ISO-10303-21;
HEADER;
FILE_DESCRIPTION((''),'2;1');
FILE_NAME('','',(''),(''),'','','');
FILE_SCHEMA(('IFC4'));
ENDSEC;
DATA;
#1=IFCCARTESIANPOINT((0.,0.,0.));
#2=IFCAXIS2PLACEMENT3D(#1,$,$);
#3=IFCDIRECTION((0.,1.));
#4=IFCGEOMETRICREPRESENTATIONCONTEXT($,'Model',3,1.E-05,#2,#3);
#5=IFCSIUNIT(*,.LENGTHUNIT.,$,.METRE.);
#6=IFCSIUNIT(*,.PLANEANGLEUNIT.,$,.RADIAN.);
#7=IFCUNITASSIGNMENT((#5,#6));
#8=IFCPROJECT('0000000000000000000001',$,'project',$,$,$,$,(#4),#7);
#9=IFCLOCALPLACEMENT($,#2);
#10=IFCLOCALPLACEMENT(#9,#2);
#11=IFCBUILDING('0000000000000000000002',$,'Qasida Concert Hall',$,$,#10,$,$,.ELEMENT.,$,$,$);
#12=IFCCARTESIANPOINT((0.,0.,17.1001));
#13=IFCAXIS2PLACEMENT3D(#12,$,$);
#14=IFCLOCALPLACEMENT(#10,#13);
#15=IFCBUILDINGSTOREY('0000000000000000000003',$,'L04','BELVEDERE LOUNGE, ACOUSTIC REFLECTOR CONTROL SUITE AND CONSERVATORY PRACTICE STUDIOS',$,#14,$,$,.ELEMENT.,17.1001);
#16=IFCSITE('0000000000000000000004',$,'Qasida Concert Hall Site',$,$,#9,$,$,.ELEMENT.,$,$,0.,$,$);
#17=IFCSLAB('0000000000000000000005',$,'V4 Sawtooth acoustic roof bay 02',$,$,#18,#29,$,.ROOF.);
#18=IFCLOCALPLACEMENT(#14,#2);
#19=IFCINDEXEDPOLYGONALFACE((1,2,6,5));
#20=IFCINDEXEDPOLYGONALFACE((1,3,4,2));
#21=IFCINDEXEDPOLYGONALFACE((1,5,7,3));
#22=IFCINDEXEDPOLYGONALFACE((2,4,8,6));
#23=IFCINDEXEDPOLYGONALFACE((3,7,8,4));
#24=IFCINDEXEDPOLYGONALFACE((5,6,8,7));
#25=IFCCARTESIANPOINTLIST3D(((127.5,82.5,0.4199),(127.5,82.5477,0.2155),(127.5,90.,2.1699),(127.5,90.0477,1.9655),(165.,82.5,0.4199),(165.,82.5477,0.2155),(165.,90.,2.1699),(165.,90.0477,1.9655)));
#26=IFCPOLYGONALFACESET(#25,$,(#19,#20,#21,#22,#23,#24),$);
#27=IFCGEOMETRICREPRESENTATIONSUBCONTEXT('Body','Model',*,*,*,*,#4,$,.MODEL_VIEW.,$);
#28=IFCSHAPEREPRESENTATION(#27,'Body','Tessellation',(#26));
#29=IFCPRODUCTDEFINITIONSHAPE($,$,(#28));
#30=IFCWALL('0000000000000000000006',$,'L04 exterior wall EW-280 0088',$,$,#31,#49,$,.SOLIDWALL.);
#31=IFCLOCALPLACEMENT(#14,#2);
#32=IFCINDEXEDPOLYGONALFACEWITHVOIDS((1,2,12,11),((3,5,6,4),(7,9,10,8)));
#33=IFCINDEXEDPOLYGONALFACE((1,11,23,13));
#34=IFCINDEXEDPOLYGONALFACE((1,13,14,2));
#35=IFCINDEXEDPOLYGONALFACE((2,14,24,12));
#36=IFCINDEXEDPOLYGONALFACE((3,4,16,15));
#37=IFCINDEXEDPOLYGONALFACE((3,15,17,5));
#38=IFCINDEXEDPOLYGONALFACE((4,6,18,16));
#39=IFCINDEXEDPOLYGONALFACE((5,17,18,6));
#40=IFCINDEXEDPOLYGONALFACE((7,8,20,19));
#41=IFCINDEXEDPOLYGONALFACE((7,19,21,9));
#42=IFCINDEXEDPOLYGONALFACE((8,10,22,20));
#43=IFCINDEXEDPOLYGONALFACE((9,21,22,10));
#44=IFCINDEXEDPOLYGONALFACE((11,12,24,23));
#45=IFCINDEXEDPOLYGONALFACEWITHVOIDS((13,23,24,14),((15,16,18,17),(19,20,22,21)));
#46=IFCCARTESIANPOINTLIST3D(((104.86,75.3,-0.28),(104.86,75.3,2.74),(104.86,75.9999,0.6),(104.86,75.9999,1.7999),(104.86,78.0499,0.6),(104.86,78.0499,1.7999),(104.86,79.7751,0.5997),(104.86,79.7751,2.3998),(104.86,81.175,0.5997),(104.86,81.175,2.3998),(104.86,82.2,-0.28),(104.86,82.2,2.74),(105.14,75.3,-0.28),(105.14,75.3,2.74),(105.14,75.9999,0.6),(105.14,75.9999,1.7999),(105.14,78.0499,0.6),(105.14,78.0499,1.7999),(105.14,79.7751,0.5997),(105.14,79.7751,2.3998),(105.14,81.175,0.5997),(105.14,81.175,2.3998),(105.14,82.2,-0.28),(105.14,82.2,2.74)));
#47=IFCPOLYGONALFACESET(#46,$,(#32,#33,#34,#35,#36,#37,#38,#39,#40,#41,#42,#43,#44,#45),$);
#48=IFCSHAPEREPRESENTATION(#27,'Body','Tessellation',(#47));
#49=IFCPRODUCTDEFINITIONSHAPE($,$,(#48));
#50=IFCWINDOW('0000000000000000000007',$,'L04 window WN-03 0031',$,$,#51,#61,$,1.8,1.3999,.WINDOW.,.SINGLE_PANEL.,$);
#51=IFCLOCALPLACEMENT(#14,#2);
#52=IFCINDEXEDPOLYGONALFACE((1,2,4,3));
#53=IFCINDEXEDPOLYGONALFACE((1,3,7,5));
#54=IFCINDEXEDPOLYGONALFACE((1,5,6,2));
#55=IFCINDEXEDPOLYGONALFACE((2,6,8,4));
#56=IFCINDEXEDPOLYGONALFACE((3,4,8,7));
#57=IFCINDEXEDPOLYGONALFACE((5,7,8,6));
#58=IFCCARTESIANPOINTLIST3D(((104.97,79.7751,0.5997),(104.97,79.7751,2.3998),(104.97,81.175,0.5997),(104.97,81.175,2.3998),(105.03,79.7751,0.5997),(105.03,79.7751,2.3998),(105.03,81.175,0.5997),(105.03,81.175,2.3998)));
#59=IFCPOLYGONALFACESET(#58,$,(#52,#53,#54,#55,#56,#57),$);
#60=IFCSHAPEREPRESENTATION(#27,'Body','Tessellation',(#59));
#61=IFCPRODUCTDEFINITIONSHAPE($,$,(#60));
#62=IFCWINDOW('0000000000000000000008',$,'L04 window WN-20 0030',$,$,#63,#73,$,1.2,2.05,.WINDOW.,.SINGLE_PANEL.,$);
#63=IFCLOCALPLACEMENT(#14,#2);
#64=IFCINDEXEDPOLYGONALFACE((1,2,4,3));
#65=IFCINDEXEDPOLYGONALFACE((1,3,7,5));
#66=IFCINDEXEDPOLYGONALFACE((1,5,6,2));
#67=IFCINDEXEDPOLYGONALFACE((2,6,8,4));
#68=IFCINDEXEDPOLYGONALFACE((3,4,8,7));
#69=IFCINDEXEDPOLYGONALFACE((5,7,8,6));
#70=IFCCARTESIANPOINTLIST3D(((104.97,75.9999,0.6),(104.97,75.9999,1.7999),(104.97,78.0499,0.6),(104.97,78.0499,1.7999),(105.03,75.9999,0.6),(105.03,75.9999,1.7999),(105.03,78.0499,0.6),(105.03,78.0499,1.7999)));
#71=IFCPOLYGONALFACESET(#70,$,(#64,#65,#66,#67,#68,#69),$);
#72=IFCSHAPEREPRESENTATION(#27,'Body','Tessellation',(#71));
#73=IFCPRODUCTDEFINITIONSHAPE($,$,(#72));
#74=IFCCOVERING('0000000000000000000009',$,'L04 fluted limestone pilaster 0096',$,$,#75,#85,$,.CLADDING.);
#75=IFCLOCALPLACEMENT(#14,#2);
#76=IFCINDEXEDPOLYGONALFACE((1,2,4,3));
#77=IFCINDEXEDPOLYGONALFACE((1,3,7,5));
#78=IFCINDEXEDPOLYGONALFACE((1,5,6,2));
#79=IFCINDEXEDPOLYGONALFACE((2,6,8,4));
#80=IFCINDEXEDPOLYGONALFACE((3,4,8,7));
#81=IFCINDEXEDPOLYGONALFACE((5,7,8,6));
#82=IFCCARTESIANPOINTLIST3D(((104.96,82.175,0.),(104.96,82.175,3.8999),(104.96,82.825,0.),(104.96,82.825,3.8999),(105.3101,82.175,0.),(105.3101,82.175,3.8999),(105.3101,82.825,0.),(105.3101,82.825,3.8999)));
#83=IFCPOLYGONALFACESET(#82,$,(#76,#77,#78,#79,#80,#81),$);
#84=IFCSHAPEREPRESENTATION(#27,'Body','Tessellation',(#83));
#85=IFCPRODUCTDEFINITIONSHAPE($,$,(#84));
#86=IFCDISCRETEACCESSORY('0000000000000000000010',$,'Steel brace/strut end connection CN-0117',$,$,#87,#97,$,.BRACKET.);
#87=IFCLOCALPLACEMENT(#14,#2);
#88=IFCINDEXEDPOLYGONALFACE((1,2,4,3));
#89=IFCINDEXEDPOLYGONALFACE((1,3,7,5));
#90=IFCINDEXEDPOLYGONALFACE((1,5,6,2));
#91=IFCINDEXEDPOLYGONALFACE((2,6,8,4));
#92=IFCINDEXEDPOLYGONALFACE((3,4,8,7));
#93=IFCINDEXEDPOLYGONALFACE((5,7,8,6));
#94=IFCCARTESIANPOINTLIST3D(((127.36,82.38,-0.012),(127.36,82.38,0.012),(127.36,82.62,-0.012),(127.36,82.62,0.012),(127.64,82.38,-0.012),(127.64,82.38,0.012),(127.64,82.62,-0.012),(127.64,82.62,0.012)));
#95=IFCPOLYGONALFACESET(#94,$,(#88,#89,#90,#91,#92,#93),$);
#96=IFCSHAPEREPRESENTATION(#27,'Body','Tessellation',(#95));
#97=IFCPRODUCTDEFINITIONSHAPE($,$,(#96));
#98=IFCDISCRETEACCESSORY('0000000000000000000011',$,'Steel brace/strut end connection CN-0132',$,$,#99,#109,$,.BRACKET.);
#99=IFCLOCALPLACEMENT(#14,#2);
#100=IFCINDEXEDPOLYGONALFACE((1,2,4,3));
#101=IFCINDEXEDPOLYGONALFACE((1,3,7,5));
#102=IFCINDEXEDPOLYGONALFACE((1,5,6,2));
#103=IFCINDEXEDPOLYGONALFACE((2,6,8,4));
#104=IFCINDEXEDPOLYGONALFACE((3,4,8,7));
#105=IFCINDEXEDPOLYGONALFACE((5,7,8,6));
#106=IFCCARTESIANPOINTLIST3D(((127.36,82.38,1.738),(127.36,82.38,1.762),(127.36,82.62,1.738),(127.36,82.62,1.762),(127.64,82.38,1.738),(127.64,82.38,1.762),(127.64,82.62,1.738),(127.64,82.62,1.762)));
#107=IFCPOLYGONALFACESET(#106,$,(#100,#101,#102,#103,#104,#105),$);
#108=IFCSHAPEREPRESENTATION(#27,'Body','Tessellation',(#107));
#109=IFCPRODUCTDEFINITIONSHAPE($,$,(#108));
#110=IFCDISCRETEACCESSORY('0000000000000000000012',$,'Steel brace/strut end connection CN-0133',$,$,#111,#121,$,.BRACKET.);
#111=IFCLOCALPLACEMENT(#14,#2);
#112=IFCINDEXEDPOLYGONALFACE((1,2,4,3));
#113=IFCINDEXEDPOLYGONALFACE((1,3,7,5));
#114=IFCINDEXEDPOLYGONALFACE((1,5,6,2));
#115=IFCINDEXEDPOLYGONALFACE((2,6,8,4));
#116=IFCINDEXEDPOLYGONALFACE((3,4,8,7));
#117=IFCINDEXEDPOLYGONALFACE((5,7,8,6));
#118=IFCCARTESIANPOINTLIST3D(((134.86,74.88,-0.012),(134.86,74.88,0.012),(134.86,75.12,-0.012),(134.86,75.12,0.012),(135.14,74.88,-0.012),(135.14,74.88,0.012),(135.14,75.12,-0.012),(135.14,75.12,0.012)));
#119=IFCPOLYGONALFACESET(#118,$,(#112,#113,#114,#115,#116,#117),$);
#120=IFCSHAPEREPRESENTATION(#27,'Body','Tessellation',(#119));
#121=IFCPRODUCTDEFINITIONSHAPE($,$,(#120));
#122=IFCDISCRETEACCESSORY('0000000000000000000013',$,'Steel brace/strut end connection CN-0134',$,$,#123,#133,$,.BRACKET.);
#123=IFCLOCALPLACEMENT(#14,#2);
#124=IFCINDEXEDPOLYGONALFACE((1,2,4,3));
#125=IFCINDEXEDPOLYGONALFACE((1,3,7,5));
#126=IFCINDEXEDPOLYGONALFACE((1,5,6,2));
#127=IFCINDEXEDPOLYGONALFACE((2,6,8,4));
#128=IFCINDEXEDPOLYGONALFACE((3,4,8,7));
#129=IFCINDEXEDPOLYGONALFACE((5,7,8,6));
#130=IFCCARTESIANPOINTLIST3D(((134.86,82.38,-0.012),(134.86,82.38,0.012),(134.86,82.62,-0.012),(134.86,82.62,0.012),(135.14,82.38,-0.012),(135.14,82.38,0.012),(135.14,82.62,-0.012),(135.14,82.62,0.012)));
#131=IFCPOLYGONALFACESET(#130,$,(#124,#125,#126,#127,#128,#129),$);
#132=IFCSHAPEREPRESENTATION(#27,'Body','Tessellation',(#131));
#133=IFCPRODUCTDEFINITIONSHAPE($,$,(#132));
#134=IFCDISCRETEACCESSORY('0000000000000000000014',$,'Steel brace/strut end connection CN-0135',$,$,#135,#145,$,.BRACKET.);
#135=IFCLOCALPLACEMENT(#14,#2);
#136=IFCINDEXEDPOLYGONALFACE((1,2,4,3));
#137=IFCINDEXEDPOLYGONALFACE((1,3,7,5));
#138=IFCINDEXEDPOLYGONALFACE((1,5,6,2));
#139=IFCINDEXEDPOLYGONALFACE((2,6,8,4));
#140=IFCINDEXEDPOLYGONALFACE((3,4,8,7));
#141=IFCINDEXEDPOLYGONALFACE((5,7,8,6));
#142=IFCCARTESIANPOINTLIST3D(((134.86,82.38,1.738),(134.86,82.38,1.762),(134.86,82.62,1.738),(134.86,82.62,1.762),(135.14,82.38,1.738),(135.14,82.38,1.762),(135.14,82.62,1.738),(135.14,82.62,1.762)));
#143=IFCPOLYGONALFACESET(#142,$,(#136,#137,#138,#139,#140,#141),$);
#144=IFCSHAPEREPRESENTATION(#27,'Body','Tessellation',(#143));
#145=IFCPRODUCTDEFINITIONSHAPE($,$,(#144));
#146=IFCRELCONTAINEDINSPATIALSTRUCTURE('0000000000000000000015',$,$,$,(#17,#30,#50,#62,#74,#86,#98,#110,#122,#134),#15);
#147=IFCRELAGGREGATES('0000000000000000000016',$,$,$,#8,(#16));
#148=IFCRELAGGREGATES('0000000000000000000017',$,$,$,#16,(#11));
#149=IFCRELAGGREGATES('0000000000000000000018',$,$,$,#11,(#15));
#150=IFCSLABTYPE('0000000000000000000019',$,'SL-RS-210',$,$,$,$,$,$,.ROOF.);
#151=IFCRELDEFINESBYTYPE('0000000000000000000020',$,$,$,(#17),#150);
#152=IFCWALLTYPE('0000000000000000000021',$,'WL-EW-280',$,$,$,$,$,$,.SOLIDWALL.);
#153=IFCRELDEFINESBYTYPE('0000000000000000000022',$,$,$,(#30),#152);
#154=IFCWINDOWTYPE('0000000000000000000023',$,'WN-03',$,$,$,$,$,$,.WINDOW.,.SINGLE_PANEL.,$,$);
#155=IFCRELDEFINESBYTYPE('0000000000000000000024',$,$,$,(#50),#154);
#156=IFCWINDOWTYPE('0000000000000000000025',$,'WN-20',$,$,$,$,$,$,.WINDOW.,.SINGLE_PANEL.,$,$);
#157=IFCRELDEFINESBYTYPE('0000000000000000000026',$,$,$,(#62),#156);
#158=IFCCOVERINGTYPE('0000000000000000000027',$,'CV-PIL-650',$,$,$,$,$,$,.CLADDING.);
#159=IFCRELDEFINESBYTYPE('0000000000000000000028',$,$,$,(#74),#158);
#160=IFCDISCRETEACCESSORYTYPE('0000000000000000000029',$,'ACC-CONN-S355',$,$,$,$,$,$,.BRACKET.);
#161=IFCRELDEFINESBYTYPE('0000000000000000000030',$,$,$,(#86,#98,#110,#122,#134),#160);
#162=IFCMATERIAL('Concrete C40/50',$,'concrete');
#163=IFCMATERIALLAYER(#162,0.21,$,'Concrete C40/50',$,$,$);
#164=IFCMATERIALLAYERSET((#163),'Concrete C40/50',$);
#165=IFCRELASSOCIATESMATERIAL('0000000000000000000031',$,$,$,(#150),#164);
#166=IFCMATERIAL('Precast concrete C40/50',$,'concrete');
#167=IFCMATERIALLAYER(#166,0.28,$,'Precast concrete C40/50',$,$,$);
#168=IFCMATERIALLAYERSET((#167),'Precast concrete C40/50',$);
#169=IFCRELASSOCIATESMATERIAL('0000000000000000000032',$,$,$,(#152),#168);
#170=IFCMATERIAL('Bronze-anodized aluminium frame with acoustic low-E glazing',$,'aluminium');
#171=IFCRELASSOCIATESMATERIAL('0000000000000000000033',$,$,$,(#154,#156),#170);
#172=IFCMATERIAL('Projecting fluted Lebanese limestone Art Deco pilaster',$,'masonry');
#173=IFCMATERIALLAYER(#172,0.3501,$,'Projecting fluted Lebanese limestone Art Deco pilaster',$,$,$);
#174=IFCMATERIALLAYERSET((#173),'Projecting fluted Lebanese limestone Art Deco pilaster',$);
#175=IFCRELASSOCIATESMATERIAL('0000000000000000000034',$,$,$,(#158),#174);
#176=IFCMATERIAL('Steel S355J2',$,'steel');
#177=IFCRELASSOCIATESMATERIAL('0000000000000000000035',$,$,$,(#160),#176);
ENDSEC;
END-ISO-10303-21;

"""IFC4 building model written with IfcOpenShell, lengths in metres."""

from ifc_helpers import new_model, si_unit, direction, frame, frame_2d, origin, origin_2d, place, context, subcontext, project, spatial, polyline, rectangle, outline, extrude, material, layer, layer_set, type_object, element, fill, save


model = new_model("IFC4")

# Units and contexts
model_context = context("Model", 3, precision=1e-05, world=origin(), true_north=direction((0.0, 1.0)))
body_context = subcontext(model_context, "Body", "Model", "MODEL_VIEW")
ifc_project = project(units=[si_unit("LENGTHUNIT", "METRE"), si_unit("PLANEANGLEUNIT", "RADIAN")], contexts=[model_context])

# Site, building, storey
site_placement = place(None, origin())
site = spatial("IfcSite", under=ifc_project, at=site_placement, Name="Qasida Concert Hall Site", CompositionType="ELEMENT", RefElevation=0.0)
building_placement = place(site_placement, origin())
building = spatial("IfcBuilding", under=site, at=building_placement, Name="Qasida Concert Hall", CompositionType="ELEMENT")
storey_placement = place(building_placement, frame((0.0, 0.0, 17.1001)))
storey = spatial("IfcBuildingStorey", under=building, at=storey_placement, Name="L04", Description="BELVEDERE LOUNGE, ACOUSTIC REFLECTOR CONTROL SUITE AND CONSERVATORY PRACTICE STUDIOS", CompositionType="ELEMENT", Elevation=17.1001)

# Shared definitions
ifc_material_1 = material(Name="Steel S355J2", Category="steel")

# Slab
ifc_material_2 = material(Name="Concrete C40/50", Category="concrete")
ifc_layer_1 = layer(ifc_material_2, 0.21, Name="Concrete C40/50")
ifc_layer_set_1 = layer_set([ifc_layer_1], Name="Concrete C40/50")
slab_type = type_object("IfcSlabType", Name="SL-RS-210", PredefinedType="ROOF", material=ifc_layer_set_1)
slab_placement = place(storey_placement, frame((127.5, 82.5, 0.4199), z_axis=(0.0, -0.22723, 0.973841), x_axis=(1.0, 0.0, 0.0)))
element("IfcSlab", 1, at=slab_placement, inside=storey, type_object=slab_type, Name="V4 Sawtooth acoustic roof bay 02", PredefinedType="ROOF", context=body_context, shape_type="SweptSolid", body=[
    extrude(outline(polyline([(0.0, 0.0), (37.5, 0.0), (37.5, 7.7015), (0.0, 7.7015), (0.0, 0.0)])), origin(), (0.0, 0.0, -1.0), 0.21),
])

# Wall, openings, windows
ifc_material_3 = material(Name="Precast concrete C40/50", Category="concrete")
ifc_layer_2 = layer(ifc_material_3, 0.28, Name="Precast concrete C40/50")
ifc_layer_set_2 = layer_set([ifc_layer_2], Name="Precast concrete C40/50")
wall_type = type_object("IfcWallType", Name="WL-EW-280", PredefinedType="SOLIDWALL", material=ifc_layer_set_2)
wall_placement = place(storey_placement, frame((105.0, 75.3, -0.28), z_axis=(0.0, 0.0, 1.0), x_axis=(0.0, 1.0, 0.0)))
wall = element("IfcWall", 2, at=wall_placement, inside=storey, type_object=wall_type, Name="L04 exterior wall EW-280 0088", PredefinedType="SOLIDWALL", context=body_context, shape_type="SweptSolid", body=[
    extrude(rectangle(XDim=6.8999, YDim=0.28, at=frame_2d((3.45, 0.0))), origin(), (0.0, 0.0, 1.0), 3.02),
])
opening_1_placement = place(wall_placement, frame((0.7, 0.0, 0.8799)))
opening_1 = element("IfcOpeningElement", 3, at=opening_1_placement, cuts=wall, PredefinedType="OPENING", context=body_context, shape_type="SweptSolid", body=[
    extrude(rectangle(XDim=2.05, YDim=1.2, at=frame_2d((1.0249, 0.6001))), frame((0.0, 0.1499, 0.0), z_axis=(0.0, -1.0, 0.0), x_axis=(1.0, 0.0, 0.0)), (0.0, 0.0, 1.0), 0.3),
])
opening_2_placement = place(wall_placement, frame((4.4751, 0.0, 0.8799)))
opening_2 = element("IfcOpeningElement", 4, at=opening_2_placement, cuts=wall, PredefinedType="OPENING", context=body_context, shape_type="SweptSolid", body=[
    extrude(rectangle(XDim=1.3999, YDim=1.8, at=frame_2d((0.7, 0.8999))), frame((0.0, 0.1499, 0.0), z_axis=(0.0, -1.0, 0.0), x_axis=(1.0, 0.0, 0.0)), (0.0, 0.0, 1.0), 0.3),
])
ifc_material_4 = material(Name="Bronze-anodized aluminium frame with acoustic low-E glazing", Category="aluminium")
window_type_1 = type_object("IfcWindowType", Name="WN-03", PartitioningType="SINGLE_PANEL", PredefinedType="WINDOW", material=ifc_material_4)
window_1_placement = place(opening_2_placement, origin())
window_1 = element("IfcWindow", 5, at=window_1_placement, inside=storey, type_object=window_type_1, Name="L04 window WN-03 0031", OverallHeight=1.8, OverallWidth=1.3999, PartitioningType="SINGLE_PANEL", PredefinedType="WINDOW", context=body_context, shape_type="SweptSolid", body=[
    extrude(rectangle(XDim=1.3999, YDim=1.8, at=frame_2d((0.7, 0.8999))), frame((0.0, 0.03, 0.0), z_axis=(0.0, -1.0, 0.0), x_axis=(1.0, 0.0, 0.0)), (0.0, 0.0, 1.0), 0.0601),
])
fill(opening_2, window_1)
window_type_2 = type_object("IfcWindowType", Name="WN-20", PartitioningType="SINGLE_PANEL", PredefinedType="WINDOW", material=ifc_material_4)
window_2_placement = place(opening_1_placement, origin())
window_2 = element("IfcWindow", 6, at=window_2_placement, inside=storey, type_object=window_type_2, Name="L04 window WN-20 0030", OverallHeight=1.2, OverallWidth=2.05, PartitioningType="SINGLE_PANEL", PredefinedType="WINDOW", context=body_context, shape_type="SweptSolid", body=[
    extrude(rectangle(XDim=2.05, YDim=1.2, at=frame_2d((1.0249, 0.6001))), frame((0.0, 0.03, 0.0), z_axis=(0.0, -1.0, 0.0), x_axis=(1.0, 0.0, 0.0)), (0.0, 0.0, 1.0), 0.0601),
])
fill(opening_1, window_2)

# Covering
ifc_material_5 = material(Name="Projecting fluted Lebanese limestone Art Deco pilaster", Category="masonry")
ifc_layer_3 = layer(ifc_material_5, 0.3501, Name="Projecting fluted Lebanese limestone Art Deco pilaster")
ifc_layer_set_3 = layer_set([ifc_layer_3], Name="Projecting fluted Lebanese limestone Art Deco pilaster")
covering_type = type_object("IfcCoveringType", Name="CV-PIL-650", PredefinedType="CLADDING", material=ifc_layer_set_3)
covering_placement = place(storey_placement, frame((105.135, 82.5, 0.0), z_axis=(0.0, 0.0, 1.0), x_axis=(1.0, 0.0, 0.0)))
element("IfcCovering", 7, at=covering_placement, inside=storey, type_object=covering_type, Name="L04 fluted limestone pilaster 0096", PredefinedType="CLADDING", context=body_context, shape_type="SweptSolid", body=[
    extrude(rectangle(XDim=0.3501, YDim=0.6499, at=origin_2d()), origin(), (0.0, 0.0, 1.0), 3.8999),
])

# Discrete accessories
discrete_accessory_type = type_object("IfcDiscreteAccessoryType", Name="ACC-CONN-S355", PredefinedType="BRACKET", material=ifc_material_1)
for number, where, z_axis, x_axis, name in (
    (8, (127.5, 82.5, -0.012), (0.0, 0.0, 1.0), (1.0, 0.0, 0.0), "Steel brace/strut end connection CN-0117"),
    (9, (127.5, 82.5, 1.738), (0.0, 0.0, 1.0), (1.0, 0.0, 0.0), "Steel brace/strut end connection CN-0132"),
    (10, (135.0, 75.0, -0.012), (0.0, 0.0, 1.0), (1.0, 0.0, 0.0), "Steel brace/strut end connection CN-0133"),
    (11, (135.0, 82.5, -0.012), (0.0, 0.0, 1.0), (1.0, 0.0, 0.0), "Steel brace/strut end connection CN-0134"),
    (12, (135.0, 82.5, 1.738), (0.0, 0.0, 1.0), (1.0, 0.0, 0.0), "Steel brace/strut end connection CN-0135"),
):
    element("IfcDiscreteAccessory", number, at=place(storey_placement, frame(where, z_axis=z_axis, x_axis=x_axis)), inside=storey, type_object=discrete_accessory_type, Name=name, PredefinedType="BRACKET", context=body_context, shape_type="SweptSolid", body=[
        extrude(rectangle(XDim=0.28, YDim=0.24, at=origin_2d()), origin(), (0.0, 0.0, 1.0), 0.0239),
    ])

save(model, "model.ifc")
